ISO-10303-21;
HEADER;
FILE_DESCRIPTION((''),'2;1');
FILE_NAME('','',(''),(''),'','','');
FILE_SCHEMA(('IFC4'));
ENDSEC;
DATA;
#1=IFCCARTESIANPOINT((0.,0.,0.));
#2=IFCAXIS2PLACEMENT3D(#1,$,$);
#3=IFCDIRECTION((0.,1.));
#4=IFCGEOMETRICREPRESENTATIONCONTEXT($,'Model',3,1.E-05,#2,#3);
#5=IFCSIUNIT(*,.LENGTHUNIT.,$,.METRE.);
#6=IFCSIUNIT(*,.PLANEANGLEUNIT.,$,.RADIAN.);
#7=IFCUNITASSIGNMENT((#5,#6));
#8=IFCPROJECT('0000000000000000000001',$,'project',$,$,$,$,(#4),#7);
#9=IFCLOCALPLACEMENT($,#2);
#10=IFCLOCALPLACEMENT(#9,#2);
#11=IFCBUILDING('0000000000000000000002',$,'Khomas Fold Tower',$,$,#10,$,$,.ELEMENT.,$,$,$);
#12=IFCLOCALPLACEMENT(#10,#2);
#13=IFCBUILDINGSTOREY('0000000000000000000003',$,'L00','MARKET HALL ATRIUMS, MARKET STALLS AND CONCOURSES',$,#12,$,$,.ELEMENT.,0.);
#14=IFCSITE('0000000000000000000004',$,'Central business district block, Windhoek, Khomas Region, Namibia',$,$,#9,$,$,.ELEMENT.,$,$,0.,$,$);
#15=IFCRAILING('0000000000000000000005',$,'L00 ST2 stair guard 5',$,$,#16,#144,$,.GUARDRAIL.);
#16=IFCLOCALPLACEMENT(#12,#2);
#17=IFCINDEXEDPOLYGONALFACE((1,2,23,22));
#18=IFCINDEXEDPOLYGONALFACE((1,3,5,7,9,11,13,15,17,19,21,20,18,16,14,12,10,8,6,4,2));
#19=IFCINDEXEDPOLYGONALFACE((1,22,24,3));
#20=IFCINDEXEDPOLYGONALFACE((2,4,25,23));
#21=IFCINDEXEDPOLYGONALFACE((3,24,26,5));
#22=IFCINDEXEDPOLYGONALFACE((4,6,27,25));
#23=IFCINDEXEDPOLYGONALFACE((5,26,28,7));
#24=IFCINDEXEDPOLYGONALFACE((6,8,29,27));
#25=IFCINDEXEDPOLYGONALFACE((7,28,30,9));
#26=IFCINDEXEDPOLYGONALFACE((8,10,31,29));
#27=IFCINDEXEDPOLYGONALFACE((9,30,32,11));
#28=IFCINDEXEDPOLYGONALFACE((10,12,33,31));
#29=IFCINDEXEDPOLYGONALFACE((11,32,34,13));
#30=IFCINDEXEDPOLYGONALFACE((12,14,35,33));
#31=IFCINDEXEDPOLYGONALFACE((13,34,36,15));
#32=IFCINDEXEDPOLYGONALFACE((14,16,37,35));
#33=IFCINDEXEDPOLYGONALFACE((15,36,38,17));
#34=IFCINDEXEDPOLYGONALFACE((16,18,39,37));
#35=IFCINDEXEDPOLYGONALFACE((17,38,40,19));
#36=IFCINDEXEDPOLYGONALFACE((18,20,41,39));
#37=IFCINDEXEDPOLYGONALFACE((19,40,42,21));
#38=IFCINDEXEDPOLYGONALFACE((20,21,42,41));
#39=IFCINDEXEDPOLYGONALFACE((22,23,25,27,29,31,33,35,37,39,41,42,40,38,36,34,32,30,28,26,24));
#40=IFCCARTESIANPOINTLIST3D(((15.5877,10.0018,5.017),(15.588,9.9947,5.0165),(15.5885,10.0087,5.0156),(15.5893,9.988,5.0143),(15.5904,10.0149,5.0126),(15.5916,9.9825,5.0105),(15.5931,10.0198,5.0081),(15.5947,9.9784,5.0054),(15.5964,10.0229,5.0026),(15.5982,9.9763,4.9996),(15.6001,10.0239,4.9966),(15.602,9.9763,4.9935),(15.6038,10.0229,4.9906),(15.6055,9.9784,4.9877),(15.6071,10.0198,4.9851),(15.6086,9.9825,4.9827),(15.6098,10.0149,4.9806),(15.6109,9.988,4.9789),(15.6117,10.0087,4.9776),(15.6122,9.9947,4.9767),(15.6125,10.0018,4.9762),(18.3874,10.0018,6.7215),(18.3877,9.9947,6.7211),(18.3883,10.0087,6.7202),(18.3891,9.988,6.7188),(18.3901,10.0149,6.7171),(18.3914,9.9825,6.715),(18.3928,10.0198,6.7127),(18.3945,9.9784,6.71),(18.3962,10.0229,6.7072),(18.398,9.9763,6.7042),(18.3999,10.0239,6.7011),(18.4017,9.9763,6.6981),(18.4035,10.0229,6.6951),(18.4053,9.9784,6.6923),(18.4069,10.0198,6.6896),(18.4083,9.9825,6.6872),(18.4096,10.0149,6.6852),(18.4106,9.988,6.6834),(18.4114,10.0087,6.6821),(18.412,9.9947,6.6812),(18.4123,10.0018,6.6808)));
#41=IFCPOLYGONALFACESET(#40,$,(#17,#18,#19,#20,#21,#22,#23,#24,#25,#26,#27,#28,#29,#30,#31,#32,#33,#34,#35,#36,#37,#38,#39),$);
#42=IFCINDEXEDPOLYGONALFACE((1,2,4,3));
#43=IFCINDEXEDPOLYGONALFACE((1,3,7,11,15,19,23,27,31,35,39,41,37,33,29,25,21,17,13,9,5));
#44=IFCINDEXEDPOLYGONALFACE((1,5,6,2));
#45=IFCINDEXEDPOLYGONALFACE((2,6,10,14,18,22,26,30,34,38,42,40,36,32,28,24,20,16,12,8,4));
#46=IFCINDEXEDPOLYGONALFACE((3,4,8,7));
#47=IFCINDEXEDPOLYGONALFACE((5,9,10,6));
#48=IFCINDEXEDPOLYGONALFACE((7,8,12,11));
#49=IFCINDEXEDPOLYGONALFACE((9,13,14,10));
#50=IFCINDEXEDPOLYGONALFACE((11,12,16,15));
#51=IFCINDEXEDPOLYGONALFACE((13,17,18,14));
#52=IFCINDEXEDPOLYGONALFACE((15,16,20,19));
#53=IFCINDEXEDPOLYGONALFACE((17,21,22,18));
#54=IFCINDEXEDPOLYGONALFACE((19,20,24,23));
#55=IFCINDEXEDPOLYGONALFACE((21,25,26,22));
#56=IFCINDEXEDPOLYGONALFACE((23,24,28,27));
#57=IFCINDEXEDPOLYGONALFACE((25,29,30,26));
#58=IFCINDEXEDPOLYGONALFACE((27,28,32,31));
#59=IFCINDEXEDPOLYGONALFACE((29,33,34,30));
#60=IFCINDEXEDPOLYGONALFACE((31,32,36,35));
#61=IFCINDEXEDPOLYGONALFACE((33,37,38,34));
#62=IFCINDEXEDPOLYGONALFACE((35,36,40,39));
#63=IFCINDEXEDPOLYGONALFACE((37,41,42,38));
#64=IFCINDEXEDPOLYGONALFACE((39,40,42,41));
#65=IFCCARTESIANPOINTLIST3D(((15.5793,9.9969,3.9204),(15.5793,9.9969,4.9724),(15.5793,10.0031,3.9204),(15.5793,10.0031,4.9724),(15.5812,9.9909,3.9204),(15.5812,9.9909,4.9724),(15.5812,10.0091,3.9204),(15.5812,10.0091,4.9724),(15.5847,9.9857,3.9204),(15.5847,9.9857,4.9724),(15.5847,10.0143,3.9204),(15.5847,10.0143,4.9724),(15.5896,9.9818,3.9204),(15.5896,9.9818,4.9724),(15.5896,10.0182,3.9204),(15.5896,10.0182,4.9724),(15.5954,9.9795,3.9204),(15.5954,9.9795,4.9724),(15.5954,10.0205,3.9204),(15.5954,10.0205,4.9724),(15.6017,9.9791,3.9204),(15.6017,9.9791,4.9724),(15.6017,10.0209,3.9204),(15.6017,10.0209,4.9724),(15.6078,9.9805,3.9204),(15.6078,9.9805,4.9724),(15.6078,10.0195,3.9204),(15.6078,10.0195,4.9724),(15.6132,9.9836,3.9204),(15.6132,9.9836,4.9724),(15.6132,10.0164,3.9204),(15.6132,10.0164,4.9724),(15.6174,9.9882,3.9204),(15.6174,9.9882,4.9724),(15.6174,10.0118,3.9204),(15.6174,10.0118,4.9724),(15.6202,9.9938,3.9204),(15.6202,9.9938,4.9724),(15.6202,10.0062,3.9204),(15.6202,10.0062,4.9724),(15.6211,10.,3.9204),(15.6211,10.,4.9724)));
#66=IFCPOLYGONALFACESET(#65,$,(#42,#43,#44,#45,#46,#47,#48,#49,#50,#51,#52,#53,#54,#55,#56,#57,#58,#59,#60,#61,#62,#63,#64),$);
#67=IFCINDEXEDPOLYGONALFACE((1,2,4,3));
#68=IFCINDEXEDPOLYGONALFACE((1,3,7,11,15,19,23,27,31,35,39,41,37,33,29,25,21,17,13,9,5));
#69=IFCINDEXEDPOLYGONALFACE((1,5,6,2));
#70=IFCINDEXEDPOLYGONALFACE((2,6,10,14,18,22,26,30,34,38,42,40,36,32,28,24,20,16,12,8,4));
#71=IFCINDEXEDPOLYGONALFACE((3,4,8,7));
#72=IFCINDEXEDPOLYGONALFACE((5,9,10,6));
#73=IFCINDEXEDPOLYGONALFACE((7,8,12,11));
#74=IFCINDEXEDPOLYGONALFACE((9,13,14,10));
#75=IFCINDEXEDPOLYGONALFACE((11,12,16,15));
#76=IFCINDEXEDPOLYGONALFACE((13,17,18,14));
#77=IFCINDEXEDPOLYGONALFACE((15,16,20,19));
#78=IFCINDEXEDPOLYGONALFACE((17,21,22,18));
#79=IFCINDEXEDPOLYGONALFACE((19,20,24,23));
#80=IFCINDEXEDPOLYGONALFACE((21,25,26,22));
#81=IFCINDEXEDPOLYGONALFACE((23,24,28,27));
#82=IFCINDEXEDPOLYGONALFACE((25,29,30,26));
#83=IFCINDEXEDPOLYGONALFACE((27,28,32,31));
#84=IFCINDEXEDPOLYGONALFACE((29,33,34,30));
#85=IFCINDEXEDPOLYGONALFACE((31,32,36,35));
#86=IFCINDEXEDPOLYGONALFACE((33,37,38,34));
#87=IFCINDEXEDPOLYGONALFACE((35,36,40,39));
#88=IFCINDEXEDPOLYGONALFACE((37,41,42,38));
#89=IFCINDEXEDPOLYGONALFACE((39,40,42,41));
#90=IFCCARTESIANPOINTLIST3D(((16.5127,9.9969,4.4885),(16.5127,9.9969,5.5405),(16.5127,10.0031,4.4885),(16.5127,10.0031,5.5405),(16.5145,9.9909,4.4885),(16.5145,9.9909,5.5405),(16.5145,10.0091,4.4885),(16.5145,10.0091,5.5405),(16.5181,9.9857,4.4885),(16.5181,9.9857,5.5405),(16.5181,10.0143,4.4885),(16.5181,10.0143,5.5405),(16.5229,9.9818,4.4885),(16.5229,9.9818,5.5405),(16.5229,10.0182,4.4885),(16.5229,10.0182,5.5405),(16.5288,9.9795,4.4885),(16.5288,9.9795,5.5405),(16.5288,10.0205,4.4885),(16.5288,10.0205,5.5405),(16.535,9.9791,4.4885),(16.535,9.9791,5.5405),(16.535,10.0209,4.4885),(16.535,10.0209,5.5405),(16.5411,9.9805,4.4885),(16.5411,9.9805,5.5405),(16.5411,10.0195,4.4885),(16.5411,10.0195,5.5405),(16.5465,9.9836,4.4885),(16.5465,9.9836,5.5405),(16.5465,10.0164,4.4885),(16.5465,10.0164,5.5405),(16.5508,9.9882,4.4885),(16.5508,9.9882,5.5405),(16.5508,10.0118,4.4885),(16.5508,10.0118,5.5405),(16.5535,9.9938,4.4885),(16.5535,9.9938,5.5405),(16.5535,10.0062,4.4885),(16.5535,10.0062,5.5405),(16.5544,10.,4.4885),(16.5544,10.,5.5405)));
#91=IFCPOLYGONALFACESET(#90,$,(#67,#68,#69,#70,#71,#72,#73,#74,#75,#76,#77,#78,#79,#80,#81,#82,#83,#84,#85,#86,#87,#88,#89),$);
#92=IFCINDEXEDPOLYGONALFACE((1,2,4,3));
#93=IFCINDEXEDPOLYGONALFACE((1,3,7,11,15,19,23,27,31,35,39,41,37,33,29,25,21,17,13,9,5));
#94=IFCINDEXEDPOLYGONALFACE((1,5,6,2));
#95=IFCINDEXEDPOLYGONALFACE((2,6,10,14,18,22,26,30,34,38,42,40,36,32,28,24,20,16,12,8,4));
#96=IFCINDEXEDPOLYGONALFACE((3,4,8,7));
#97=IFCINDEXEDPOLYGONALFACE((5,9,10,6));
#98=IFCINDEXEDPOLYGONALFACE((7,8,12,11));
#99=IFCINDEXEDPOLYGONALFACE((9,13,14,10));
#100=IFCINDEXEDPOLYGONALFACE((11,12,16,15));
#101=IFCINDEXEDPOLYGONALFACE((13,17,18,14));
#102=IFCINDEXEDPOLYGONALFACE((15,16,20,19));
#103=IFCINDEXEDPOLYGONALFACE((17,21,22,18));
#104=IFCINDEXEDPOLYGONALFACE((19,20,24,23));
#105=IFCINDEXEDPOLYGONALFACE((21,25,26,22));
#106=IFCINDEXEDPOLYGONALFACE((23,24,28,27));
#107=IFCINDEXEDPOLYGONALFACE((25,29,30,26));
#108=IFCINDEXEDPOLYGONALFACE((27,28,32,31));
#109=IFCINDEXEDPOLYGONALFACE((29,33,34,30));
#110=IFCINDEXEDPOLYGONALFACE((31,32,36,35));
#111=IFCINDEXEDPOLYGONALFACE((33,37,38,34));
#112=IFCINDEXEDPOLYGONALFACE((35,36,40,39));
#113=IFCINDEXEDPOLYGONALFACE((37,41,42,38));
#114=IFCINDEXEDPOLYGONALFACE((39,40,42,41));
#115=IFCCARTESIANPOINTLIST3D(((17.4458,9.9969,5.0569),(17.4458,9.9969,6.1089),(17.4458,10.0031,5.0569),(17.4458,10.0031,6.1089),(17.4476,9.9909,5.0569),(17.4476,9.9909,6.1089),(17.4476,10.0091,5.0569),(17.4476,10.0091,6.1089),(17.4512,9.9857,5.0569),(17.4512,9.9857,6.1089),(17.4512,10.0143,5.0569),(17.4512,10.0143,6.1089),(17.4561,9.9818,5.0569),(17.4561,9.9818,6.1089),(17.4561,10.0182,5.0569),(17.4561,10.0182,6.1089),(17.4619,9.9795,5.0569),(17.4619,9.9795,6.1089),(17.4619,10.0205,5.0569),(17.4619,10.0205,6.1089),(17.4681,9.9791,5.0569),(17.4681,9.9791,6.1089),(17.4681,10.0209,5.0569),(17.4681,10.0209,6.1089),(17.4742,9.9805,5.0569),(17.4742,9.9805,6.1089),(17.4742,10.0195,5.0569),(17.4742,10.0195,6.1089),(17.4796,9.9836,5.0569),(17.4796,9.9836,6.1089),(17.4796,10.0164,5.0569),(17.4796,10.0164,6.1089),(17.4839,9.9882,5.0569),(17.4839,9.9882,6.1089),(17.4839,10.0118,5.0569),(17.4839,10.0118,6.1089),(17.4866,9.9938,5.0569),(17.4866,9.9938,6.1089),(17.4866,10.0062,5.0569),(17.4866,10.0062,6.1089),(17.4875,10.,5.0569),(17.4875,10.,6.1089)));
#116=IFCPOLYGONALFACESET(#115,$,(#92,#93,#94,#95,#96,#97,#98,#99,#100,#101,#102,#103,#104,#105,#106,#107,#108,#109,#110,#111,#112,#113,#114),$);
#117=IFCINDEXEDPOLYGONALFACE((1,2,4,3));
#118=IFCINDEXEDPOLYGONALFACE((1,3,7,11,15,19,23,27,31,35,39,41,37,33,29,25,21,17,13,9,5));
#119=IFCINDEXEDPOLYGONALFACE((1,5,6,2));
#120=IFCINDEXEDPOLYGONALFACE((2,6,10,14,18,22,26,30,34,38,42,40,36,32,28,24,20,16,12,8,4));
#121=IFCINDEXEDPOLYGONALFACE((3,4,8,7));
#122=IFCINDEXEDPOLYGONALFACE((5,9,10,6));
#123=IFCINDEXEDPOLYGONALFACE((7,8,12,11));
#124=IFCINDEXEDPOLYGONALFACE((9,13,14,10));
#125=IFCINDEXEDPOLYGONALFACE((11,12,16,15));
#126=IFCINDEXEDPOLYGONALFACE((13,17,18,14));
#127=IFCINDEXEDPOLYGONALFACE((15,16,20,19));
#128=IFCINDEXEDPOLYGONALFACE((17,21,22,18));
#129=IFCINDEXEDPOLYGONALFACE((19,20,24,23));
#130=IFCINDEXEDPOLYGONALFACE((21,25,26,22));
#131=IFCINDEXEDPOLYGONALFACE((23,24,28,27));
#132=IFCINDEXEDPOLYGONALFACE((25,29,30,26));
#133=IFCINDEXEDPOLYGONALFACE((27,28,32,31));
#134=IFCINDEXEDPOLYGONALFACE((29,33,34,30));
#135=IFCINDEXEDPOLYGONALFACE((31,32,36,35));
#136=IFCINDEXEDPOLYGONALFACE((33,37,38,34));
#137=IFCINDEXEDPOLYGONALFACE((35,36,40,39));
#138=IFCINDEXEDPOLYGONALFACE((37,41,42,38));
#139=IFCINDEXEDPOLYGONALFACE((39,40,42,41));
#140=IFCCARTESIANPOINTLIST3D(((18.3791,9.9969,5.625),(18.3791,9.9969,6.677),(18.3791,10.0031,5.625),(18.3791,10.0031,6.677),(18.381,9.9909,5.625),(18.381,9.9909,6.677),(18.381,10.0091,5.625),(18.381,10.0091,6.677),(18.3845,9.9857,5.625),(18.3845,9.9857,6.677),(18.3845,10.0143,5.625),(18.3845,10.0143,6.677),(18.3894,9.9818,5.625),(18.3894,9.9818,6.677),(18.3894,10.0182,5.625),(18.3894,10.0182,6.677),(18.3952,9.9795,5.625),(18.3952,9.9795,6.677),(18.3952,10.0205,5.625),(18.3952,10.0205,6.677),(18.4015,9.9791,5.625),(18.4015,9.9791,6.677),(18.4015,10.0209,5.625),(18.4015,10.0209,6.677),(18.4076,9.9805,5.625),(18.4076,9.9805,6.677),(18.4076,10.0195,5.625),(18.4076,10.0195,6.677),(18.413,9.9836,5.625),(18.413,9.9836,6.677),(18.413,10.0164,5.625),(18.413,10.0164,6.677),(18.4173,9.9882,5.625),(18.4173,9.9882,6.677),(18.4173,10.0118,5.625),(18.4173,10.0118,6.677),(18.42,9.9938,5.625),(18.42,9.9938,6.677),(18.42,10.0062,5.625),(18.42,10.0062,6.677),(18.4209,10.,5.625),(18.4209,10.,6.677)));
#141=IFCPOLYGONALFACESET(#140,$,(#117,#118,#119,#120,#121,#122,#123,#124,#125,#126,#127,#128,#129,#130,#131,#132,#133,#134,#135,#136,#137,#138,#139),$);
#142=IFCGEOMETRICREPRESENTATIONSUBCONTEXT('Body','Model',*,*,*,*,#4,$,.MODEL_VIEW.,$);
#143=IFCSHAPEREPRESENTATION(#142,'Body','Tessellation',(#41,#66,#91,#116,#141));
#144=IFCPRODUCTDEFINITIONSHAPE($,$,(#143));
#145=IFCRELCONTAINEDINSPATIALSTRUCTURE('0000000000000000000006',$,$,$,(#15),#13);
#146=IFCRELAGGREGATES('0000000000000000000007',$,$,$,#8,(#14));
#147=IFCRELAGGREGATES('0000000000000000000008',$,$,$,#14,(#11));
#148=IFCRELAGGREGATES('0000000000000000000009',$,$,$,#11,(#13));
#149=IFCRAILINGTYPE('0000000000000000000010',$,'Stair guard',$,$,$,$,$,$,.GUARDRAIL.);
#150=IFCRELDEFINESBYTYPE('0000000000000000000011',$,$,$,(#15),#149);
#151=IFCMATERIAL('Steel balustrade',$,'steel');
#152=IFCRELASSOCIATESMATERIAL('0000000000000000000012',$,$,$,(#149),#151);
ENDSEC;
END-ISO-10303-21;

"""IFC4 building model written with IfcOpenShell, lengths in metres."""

from ifc_helpers import new_model, si_unit, direction, frame, origin, origin_2d, place, context, subcontext, project, spatial, circle, extrude, source, transform, mapped, material, type_object, element, save


model = new_model("IFC4")

# Units and contexts
model_context = context("Model", 3, precision=1e-05, world=origin(), true_north=direction((0.0, 1.0)))
body_context = subcontext(model_context, "Body", "Model", "MODEL_VIEW")
ifc_project = project(units=[si_unit("LENGTHUNIT", "METRE"), si_unit("PLANEANGLEUNIT", "RADIAN")], contexts=[model_context])

# Site, building, storey
site_placement = place(None, origin())
site = spatial("IfcSite", under=ifc_project, at=site_placement, Name="Central business district block, Windhoek, Khomas Region, Namibia", CompositionType="ELEMENT", RefElevation=0.0)
building_placement = place(site_placement, origin())
building = spatial("IfcBuilding", under=site, at=building_placement, Name="Khomas Fold Tower", CompositionType="ELEMENT")
storey_placement = place(building_placement, origin())
storey = spatial("IfcBuildingStorey", under=building, at=storey_placement, Name="L00", Description="MARKET HALL ATRIUMS, MARKET STALLS AND CONCOURSES", CompositionType="ELEMENT", Elevation=0.0)

# Railing
ifc_material_1 = material(Name="Steel balustrade", Category="steel")
railing_type_1 = type_object("IfcRailingType", Name="Stair guard", PredefinedType="GUARDRAIL", material=ifc_material_1)
shared_shape_1 = source(origin(), body_context, "Body", "SweptSolid", [
    extrude(circle(Radius=0.0239, at=origin_2d()), frame((0.0, 0.0, 1.0762), z_axis=(0.85415, 0.0, 0.520027), x_axis=(0.0, 1.0, 0.0)), (0.0, 0.0, 1.0), 3.2778),
    extrude(circle(Radius=0.021, at=origin_2d()), origin(), (0.0, 0.0, 1.0), 1.052),
    extrude(circle(Radius=0.021, at=origin_2d()), frame((0.9333, 0.0, 0.5681)), (0.0, 0.0, 1.0), 1.052),
    extrude(circle(Radius=0.021, at=origin_2d()), frame((1.8665, 0.0, 1.1365)), (0.0, 0.0, 1.0), 1.052),
    extrude(circle(Radius=0.021, at=origin_2d()), frame((2.7998, 0.0, 1.7046)), (0.0, 0.0, 1.0), 1.052),
])
for number, where, name in (
    (1, (15.6001, 10.0, 3.9204), "L00 ST2 stair guard 5"),
):
    element("IfcRailing", number, at=place(storey_placement, frame(where)), inside=storey, type_object=railing_type_1, Name=name, PredefinedType="GUARDRAIL", context=body_context, shape_type="MappedRepresentation", body=[
        mapped(shared_shape_1, transform((0.0, 0.0, 0.0))),
    ])

save(model, "model.ifc")
